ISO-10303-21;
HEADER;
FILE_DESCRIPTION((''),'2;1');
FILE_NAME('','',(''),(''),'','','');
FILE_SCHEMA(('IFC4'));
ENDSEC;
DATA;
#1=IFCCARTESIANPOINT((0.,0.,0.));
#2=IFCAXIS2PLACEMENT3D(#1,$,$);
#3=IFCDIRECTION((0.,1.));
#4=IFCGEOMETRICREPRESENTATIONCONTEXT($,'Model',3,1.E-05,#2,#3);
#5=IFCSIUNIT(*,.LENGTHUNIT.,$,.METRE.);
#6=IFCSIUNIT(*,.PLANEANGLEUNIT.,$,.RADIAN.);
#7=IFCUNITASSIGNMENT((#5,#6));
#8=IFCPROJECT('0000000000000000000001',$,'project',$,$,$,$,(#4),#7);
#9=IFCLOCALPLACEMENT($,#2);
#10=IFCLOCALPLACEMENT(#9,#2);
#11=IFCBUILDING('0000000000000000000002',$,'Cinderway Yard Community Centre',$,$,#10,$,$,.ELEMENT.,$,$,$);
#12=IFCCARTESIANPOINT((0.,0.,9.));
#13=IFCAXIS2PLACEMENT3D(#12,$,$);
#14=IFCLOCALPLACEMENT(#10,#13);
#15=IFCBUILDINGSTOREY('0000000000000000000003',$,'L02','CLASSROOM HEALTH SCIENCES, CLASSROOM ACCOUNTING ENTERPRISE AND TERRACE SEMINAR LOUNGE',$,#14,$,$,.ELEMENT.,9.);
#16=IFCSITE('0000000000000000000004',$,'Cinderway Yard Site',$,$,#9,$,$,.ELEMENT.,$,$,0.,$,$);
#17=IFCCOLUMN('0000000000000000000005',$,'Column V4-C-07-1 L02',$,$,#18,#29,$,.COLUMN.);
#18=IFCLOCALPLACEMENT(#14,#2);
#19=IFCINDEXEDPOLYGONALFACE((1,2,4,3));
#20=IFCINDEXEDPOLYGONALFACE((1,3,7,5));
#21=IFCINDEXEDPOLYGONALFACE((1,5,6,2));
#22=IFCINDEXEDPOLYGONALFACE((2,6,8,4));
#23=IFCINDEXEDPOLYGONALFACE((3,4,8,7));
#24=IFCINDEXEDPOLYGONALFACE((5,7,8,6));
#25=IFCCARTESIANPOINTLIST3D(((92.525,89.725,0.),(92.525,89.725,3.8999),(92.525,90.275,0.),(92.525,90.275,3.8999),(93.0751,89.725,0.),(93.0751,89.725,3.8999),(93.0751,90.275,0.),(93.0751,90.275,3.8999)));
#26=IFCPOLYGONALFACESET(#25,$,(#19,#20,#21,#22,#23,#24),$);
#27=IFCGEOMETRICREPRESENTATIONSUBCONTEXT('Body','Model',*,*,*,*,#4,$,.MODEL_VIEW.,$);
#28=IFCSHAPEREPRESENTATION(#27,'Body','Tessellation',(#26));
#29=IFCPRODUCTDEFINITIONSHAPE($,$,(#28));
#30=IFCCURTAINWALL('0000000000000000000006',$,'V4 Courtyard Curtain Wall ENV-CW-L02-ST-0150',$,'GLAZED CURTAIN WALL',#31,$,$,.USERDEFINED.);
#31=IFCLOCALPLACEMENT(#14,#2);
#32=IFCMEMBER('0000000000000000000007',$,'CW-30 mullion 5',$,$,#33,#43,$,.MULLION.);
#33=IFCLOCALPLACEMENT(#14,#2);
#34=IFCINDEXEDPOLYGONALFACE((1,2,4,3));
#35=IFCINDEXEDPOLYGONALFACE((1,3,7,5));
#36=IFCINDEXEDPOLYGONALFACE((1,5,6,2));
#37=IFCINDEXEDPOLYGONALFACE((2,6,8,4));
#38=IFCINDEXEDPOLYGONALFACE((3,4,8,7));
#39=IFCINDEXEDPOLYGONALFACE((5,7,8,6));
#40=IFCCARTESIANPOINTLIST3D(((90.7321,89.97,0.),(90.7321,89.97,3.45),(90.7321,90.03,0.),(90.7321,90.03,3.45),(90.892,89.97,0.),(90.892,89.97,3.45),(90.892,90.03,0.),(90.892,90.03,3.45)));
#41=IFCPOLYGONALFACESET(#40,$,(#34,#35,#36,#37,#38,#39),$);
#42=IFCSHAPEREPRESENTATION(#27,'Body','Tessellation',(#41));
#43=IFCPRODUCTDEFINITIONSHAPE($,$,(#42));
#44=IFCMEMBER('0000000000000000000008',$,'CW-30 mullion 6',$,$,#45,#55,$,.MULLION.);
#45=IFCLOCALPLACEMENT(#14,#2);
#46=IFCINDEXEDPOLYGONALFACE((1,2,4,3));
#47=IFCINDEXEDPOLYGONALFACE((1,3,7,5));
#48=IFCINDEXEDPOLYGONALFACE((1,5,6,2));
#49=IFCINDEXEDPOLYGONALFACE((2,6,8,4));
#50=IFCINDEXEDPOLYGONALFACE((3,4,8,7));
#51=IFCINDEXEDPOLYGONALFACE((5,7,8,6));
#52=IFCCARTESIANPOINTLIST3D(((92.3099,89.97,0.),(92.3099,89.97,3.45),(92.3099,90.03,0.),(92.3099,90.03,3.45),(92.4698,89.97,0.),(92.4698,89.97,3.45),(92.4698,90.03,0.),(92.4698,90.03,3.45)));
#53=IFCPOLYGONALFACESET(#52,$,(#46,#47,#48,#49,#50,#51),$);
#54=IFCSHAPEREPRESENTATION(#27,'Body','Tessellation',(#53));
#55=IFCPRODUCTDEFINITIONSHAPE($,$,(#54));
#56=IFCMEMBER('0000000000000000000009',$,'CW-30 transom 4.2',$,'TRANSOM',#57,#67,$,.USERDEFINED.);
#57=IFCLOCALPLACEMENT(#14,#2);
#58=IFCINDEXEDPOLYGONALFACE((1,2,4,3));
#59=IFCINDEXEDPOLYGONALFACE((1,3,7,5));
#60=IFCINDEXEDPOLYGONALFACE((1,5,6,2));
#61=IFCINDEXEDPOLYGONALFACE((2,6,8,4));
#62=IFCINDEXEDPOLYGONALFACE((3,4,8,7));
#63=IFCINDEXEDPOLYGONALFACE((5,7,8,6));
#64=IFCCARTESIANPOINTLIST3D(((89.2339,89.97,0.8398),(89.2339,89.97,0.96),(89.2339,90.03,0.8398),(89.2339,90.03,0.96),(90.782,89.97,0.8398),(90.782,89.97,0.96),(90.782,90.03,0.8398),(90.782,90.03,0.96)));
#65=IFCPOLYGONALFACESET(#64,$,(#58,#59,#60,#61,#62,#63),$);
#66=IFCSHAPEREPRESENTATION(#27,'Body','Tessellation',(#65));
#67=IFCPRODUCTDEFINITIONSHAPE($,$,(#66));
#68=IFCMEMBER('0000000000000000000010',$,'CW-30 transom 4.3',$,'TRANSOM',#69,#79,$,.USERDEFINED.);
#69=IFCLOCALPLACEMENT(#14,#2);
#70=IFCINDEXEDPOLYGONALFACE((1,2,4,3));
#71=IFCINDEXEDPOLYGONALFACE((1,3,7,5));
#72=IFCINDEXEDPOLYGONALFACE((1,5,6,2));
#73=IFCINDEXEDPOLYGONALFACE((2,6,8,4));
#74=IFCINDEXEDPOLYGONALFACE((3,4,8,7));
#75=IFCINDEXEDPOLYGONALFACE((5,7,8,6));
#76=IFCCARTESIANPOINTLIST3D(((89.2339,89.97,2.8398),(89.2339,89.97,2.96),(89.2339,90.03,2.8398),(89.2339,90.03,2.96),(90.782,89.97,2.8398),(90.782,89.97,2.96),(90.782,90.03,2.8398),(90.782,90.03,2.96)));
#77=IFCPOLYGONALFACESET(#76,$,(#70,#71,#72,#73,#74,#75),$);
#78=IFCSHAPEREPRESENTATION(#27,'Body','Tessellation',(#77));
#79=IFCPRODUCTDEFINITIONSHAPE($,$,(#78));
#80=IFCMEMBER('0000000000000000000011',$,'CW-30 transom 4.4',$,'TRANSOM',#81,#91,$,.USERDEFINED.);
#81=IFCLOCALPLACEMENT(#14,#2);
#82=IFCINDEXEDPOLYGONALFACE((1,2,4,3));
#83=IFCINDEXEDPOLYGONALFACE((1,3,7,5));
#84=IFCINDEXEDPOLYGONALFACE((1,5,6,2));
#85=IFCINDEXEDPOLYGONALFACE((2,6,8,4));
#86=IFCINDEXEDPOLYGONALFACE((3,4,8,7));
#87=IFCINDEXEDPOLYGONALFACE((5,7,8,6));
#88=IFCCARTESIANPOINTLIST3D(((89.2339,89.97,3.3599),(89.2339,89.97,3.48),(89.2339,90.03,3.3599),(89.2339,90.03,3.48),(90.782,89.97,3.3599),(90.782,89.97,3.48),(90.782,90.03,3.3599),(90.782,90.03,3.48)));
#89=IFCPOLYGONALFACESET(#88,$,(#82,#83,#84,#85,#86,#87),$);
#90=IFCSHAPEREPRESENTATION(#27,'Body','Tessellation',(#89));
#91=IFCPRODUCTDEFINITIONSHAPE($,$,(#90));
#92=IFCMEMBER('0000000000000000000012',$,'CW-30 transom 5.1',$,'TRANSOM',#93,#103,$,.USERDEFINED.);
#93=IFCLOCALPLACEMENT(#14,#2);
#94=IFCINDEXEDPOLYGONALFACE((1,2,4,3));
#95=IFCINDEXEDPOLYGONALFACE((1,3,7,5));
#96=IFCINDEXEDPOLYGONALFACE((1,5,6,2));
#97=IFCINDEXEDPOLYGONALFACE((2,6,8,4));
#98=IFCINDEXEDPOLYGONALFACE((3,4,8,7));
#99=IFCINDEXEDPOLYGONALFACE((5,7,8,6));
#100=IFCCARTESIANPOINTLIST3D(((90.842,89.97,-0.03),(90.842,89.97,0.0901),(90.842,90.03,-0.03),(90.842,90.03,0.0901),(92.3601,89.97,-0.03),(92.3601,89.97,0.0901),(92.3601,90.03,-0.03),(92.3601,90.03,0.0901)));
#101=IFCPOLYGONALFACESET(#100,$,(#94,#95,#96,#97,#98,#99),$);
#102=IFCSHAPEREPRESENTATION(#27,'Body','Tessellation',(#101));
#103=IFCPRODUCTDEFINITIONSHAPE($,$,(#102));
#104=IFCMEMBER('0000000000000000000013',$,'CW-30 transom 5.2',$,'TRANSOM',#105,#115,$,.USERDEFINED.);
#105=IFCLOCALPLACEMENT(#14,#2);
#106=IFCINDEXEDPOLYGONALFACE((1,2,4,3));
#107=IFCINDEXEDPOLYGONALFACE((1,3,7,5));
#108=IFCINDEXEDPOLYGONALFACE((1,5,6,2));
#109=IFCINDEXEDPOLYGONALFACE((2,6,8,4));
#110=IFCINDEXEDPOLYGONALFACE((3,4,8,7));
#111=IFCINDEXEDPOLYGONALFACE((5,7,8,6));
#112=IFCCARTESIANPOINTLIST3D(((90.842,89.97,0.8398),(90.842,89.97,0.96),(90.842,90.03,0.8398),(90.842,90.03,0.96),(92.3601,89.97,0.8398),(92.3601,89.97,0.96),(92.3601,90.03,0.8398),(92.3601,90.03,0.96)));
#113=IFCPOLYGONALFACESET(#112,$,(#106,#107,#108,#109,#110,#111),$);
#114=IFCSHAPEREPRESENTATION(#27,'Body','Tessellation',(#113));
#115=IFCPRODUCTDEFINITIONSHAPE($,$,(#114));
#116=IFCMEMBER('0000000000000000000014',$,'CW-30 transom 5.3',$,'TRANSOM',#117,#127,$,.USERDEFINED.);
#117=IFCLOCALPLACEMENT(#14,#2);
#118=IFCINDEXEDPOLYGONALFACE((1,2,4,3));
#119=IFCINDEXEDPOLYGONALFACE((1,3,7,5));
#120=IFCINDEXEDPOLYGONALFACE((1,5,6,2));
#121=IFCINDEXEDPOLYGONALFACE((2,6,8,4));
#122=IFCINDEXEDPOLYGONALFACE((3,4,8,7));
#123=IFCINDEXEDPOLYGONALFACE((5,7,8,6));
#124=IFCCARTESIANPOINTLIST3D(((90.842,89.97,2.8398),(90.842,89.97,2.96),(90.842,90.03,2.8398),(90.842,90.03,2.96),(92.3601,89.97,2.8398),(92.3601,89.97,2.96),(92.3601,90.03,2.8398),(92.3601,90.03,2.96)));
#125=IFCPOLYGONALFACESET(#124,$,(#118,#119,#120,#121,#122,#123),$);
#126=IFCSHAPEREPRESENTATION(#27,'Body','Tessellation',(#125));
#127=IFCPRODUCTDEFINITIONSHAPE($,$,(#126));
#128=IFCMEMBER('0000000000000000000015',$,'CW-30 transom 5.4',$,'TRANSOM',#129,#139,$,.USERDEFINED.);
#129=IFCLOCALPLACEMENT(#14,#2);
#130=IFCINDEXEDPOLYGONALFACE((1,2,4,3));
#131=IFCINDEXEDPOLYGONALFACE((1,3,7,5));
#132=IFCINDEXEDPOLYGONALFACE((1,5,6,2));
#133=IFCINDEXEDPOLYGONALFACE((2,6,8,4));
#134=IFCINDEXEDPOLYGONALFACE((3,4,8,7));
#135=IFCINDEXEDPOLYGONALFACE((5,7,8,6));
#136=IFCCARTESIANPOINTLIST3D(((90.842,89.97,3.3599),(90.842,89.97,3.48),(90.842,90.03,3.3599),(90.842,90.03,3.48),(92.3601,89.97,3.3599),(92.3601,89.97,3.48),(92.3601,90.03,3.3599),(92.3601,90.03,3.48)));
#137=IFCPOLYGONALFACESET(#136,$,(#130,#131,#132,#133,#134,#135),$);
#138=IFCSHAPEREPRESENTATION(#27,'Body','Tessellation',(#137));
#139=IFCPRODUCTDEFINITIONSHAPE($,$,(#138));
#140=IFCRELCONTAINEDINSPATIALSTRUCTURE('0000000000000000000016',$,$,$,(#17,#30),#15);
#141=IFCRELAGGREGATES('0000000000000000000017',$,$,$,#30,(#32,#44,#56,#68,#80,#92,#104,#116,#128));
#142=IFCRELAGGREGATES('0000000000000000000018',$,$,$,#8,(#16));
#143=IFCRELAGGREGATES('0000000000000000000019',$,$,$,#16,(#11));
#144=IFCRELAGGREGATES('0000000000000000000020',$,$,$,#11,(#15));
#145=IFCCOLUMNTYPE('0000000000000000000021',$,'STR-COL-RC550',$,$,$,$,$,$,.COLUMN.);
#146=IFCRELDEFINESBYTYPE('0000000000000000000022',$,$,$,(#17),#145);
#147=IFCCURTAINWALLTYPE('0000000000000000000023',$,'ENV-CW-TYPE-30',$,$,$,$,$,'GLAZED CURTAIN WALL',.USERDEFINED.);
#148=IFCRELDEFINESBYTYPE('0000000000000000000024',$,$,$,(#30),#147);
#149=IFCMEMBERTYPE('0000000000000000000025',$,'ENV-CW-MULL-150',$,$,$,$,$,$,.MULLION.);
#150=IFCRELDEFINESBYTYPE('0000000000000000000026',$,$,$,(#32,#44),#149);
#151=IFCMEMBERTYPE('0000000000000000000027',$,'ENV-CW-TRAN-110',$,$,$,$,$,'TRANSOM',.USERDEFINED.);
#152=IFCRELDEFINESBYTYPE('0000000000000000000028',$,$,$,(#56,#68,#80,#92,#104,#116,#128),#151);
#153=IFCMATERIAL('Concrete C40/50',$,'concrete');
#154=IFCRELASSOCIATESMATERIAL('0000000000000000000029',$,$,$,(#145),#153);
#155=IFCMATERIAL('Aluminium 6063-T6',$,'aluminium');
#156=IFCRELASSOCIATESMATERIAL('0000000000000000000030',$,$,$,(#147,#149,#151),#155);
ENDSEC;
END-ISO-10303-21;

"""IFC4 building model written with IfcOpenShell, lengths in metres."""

from ifc_helpers import new_model, si_unit, direction, frame, origin, origin_2d, place, context, subcontext, project, spatial, rectangle, extrude, material, material_profile, profile_set, type_object, element, aggregate, save


model = new_model("IFC4")

# Units and contexts
model_context = context("Model", 3, precision=1e-05, world=origin(), true_north=direction((0.0, 1.0)))
body_context = subcontext(model_context, "Body", "Model", "MODEL_VIEW")
ifc_project = project(units=[si_unit("LENGTHUNIT", "METRE"), si_unit("PLANEANGLEUNIT", "RADIAN")], contexts=[model_context])

# Site, building, storey
site_placement = place(None, origin())
site = spatial("IfcSite", under=ifc_project, at=site_placement, Name="Cinderway Yard Site", CompositionType="ELEMENT", RefElevation=0.0)
building_placement = place(site_placement, origin())
building = spatial("IfcBuilding", under=site, at=building_placement, Name="Cinderway Yard Community Centre", CompositionType="ELEMENT")
storey_placement = place(building_placement, frame((0.0, 0.0, 9.0)))
storey = spatial("IfcBuildingStorey", under=building, at=storey_placement, Name="L02", Description="CLASSROOM HEALTH SCIENCES, CLASSROOM ACCOUNTING ENTERPRISE AND TERRACE SEMINAR LOUNGE", CompositionType="ELEMENT", Elevation=9.0)

# Column
ifc_material_1 = material(Name="Concrete C40/50", Category="concrete")
ifc_material_profile_1 = material_profile(ifc_material_1, rectangle(XDim=0.55, YDim=0.55, at=origin_2d()), Name="Concrete C40/50")
ifc_profile_set_1 = profile_set([ifc_material_profile_1], Name="Concrete C40/50")
column_type = type_object("IfcColumnType", Name="STR-COL-RC550", PredefinedType="COLUMN", material=ifc_profile_set_1)
column_placement = place(storey_placement, frame((92.8, 90.0, 0.0), z_axis=(0.0, 0.0, 1.0), x_axis=(1.0, 0.0, 0.0)))
element("IfcColumn", 1, at=column_placement, inside=storey, type_object=column_type, Name="Column V4-C-07-1 L02", PredefinedType="COLUMN", context=body_context, shape_type="SweptSolid", body=[
    extrude(rectangle(XDim=0.55, YDim=0.55, at=origin_2d()), origin(), (0.0, 0.0, 1.0), 3.8999),
])

# Curtain wall, members
ifc_material_2 = material(Name="Aluminium 6063-T6", Category="aluminium")
curtain_wall_type = type_object("IfcCurtainWallType", Name="ENV-CW-TYPE-30", ElementType="GLAZED CURTAIN WALL", PredefinedType="USERDEFINED", material=ifc_material_2)
curtain_wall_placement = place(storey_placement, origin())
curtain_wall = element("IfcCurtainWall", 2, at=curtain_wall_placement, inside=storey, type_object=curtain_wall_type, Name="V4 Courtyard Curtain Wall ENV-CW-L02-ST-0150", ObjectType="GLAZED CURTAIN WALL", PredefinedType="USERDEFINED")
ifc_material_profile_2 = material_profile(ifc_material_2, rectangle(XDim=0.0601, YDim=0.1599, at=origin_2d()), Name="Aluminium 6063-T6")
ifc_profile_set_2 = profile_set([ifc_material_profile_2], Name="Aluminium 6063-T6")
member_type_1 = type_object("IfcMemberType", Name="ENV-CW-MULL-150", PredefinedType="MULLION", material=ifc_profile_set_2)
member_1_placement = place(storey_placement, frame((90.812, 90.0, 0.0), z_axis=(0.0, 0.0, 1.0), x_axis=(0.0, 1.0, 0.0)))
member_1 = element("IfcMember", 3, at=member_1_placement, type_object=member_type_1, Name="CW-30 mullion 5", PredefinedType="MULLION", context=body_context, shape_type="SweptSolid", body=[
    extrude(rectangle(XDim=0.0601, YDim=0.1599, at=origin_2d()), origin(), (0.0, 0.0, 1.0), 3.45),
])
member_2_placement = place(storey_placement, frame((92.3899, 90.0, 0.0), z_axis=(0.0, 0.0, 1.0), x_axis=(0.0, 1.0, 0.0)))
member_2 = element("IfcMember", 4, at=member_2_placement, type_object=member_type_1, Name="CW-30 mullion 6", PredefinedType="MULLION", context=body_context, shape_type="SweptSolid", body=[
    extrude(rectangle(XDim=0.0601, YDim=0.1599, at=origin_2d()), origin(), (0.0, 0.0, 1.0), 3.45),
])
ifc_material_profile_3 = material_profile(ifc_material_2, rectangle(XDim=0.0601, YDim=0.1201, at=origin_2d()), Name="Aluminium 6063-T6")
ifc_profile_set_3 = profile_set([ifc_material_profile_3], Name="Aluminium 6063-T6")
member_type_2 = type_object("IfcMemberType", Name="ENV-CW-TRAN-110", ElementType="TRANSOM", PredefinedType="USERDEFINED", material=ifc_profile_set_3)
member_3_placement = place(storey_placement, frame((89.2339, 90.0, 0.8999), z_axis=(1.0, 0.0, 0.0), x_axis=(0.0, 1.0, 0.0)))
member_3 = element("IfcMember", 5, at=member_3_placement, type_object=member_type_2, Name="CW-30 transom 4.2", ObjectType="TRANSOM", PredefinedType="USERDEFINED", context=body_context, shape_type="SweptSolid", body=[
    extrude(rectangle(XDim=0.0601, YDim=0.1201, at=origin_2d()), origin(), (0.0, 0.0, 1.0), 1.5481),
])
member_4_placement = place(storey_placement, frame((89.2339, 90.0, 2.8999), z_axis=(1.0, 0.0, 0.0), x_axis=(0.0, 1.0, 0.0)))
member_4 = element("IfcMember", 6, at=member_4_placement, type_object=member_type_2, Name="CW-30 transom 4.3", ObjectType="TRANSOM", PredefinedType="USERDEFINED", context=body_context, shape_type="SweptSolid", body=[
    extrude(rectangle(XDim=0.0601, YDim=0.1201, at=origin_2d()), origin(), (0.0, 0.0, 1.0), 1.5481),
])
member_5_placement = place(storey_placement, frame((89.2339, 90.0, 3.4199), z_axis=(1.0, 0.0, 0.0), x_axis=(0.0, 1.0, 0.0)))
member_5 = element("IfcMember", 7, at=member_5_placement, type_object=member_type_2, Name="CW-30 transom 4.4", ObjectType="TRANSOM", PredefinedType="USERDEFINED", context=body_context, shape_type="SweptSolid", body=[
    extrude(rectangle(XDim=0.0601, YDim=0.1201, at=origin_2d()), origin(), (0.0, 0.0, 1.0), 1.5481),
])
member_6_placement = place(storey_placement, frame((90.842, 90.0, 0.03), z_axis=(1.0, 0.0, 0.0), x_axis=(0.0, 1.0, 0.0)))
member_6 = element("IfcMember", 8, at=member_6_placement, type_object=member_type_2, Name="CW-30 transom 5.1", ObjectType="TRANSOM", PredefinedType="USERDEFINED", context=body_context, shape_type="SweptSolid", body=[
    extrude(rectangle(XDim=0.0601, YDim=0.1201, at=origin_2d()), origin(), (0.0, 0.0, 1.0), 1.5181),
])
member_7_placement = place(storey_placement, frame((90.842, 90.0, 0.8999), z_axis=(1.0, 0.0, 0.0), x_axis=(0.0, 1.0, 0.0)))
member_7 = element("IfcMember", 9, at=member_7_placement, type_object=member_type_2, Name="CW-30 transom 5.2", ObjectType="TRANSOM", PredefinedType="USERDEFINED", context=body_context, shape_type="SweptSolid", body=[
    extrude(rectangle(XDim=0.0601, YDim=0.1201, at=origin_2d()), origin(), (0.0, 0.0, 1.0), 1.5181),
])
member_8_placement = place(storey_placement, frame((90.842, 90.0, 2.8999), z_axis=(1.0, 0.0, 0.0), x_axis=(0.0, 1.0, 0.0)))
member_8 = element("IfcMember", 10, at=member_8_placement, type_object=member_type_2, Name="CW-30 transom 5.3", ObjectType="TRANSOM", PredefinedType="USERDEFINED", context=body_context, shape_type="SweptSolid", body=[
    extrude(rectangle(XDim=0.0601, YDim=0.1201, at=origin_2d()), origin(), (0.0, 0.0, 1.0), 1.5181),
])
member_9_placement = place(storey_placement, frame((90.842, 90.0, 3.4199), z_axis=(1.0, 0.0, 0.0), x_axis=(0.0, 1.0, 0.0)))
member_9 = element("IfcMember", 11, at=member_9_placement, type_object=member_type_2, Name="CW-30 transom 5.4", ObjectType="TRANSOM", PredefinedType="USERDEFINED", context=body_context, shape_type="SweptSolid", body=[
    extrude(rectangle(XDim=0.0601, YDim=0.1201, at=origin_2d()), origin(), (0.0, 0.0, 1.0), 1.5181),
])

aggregate(curtain_wall, [member_1, member_2, member_3, member_4, member_5, member_6, member_7, member_8, member_9])

save(model, "model.ifc")
